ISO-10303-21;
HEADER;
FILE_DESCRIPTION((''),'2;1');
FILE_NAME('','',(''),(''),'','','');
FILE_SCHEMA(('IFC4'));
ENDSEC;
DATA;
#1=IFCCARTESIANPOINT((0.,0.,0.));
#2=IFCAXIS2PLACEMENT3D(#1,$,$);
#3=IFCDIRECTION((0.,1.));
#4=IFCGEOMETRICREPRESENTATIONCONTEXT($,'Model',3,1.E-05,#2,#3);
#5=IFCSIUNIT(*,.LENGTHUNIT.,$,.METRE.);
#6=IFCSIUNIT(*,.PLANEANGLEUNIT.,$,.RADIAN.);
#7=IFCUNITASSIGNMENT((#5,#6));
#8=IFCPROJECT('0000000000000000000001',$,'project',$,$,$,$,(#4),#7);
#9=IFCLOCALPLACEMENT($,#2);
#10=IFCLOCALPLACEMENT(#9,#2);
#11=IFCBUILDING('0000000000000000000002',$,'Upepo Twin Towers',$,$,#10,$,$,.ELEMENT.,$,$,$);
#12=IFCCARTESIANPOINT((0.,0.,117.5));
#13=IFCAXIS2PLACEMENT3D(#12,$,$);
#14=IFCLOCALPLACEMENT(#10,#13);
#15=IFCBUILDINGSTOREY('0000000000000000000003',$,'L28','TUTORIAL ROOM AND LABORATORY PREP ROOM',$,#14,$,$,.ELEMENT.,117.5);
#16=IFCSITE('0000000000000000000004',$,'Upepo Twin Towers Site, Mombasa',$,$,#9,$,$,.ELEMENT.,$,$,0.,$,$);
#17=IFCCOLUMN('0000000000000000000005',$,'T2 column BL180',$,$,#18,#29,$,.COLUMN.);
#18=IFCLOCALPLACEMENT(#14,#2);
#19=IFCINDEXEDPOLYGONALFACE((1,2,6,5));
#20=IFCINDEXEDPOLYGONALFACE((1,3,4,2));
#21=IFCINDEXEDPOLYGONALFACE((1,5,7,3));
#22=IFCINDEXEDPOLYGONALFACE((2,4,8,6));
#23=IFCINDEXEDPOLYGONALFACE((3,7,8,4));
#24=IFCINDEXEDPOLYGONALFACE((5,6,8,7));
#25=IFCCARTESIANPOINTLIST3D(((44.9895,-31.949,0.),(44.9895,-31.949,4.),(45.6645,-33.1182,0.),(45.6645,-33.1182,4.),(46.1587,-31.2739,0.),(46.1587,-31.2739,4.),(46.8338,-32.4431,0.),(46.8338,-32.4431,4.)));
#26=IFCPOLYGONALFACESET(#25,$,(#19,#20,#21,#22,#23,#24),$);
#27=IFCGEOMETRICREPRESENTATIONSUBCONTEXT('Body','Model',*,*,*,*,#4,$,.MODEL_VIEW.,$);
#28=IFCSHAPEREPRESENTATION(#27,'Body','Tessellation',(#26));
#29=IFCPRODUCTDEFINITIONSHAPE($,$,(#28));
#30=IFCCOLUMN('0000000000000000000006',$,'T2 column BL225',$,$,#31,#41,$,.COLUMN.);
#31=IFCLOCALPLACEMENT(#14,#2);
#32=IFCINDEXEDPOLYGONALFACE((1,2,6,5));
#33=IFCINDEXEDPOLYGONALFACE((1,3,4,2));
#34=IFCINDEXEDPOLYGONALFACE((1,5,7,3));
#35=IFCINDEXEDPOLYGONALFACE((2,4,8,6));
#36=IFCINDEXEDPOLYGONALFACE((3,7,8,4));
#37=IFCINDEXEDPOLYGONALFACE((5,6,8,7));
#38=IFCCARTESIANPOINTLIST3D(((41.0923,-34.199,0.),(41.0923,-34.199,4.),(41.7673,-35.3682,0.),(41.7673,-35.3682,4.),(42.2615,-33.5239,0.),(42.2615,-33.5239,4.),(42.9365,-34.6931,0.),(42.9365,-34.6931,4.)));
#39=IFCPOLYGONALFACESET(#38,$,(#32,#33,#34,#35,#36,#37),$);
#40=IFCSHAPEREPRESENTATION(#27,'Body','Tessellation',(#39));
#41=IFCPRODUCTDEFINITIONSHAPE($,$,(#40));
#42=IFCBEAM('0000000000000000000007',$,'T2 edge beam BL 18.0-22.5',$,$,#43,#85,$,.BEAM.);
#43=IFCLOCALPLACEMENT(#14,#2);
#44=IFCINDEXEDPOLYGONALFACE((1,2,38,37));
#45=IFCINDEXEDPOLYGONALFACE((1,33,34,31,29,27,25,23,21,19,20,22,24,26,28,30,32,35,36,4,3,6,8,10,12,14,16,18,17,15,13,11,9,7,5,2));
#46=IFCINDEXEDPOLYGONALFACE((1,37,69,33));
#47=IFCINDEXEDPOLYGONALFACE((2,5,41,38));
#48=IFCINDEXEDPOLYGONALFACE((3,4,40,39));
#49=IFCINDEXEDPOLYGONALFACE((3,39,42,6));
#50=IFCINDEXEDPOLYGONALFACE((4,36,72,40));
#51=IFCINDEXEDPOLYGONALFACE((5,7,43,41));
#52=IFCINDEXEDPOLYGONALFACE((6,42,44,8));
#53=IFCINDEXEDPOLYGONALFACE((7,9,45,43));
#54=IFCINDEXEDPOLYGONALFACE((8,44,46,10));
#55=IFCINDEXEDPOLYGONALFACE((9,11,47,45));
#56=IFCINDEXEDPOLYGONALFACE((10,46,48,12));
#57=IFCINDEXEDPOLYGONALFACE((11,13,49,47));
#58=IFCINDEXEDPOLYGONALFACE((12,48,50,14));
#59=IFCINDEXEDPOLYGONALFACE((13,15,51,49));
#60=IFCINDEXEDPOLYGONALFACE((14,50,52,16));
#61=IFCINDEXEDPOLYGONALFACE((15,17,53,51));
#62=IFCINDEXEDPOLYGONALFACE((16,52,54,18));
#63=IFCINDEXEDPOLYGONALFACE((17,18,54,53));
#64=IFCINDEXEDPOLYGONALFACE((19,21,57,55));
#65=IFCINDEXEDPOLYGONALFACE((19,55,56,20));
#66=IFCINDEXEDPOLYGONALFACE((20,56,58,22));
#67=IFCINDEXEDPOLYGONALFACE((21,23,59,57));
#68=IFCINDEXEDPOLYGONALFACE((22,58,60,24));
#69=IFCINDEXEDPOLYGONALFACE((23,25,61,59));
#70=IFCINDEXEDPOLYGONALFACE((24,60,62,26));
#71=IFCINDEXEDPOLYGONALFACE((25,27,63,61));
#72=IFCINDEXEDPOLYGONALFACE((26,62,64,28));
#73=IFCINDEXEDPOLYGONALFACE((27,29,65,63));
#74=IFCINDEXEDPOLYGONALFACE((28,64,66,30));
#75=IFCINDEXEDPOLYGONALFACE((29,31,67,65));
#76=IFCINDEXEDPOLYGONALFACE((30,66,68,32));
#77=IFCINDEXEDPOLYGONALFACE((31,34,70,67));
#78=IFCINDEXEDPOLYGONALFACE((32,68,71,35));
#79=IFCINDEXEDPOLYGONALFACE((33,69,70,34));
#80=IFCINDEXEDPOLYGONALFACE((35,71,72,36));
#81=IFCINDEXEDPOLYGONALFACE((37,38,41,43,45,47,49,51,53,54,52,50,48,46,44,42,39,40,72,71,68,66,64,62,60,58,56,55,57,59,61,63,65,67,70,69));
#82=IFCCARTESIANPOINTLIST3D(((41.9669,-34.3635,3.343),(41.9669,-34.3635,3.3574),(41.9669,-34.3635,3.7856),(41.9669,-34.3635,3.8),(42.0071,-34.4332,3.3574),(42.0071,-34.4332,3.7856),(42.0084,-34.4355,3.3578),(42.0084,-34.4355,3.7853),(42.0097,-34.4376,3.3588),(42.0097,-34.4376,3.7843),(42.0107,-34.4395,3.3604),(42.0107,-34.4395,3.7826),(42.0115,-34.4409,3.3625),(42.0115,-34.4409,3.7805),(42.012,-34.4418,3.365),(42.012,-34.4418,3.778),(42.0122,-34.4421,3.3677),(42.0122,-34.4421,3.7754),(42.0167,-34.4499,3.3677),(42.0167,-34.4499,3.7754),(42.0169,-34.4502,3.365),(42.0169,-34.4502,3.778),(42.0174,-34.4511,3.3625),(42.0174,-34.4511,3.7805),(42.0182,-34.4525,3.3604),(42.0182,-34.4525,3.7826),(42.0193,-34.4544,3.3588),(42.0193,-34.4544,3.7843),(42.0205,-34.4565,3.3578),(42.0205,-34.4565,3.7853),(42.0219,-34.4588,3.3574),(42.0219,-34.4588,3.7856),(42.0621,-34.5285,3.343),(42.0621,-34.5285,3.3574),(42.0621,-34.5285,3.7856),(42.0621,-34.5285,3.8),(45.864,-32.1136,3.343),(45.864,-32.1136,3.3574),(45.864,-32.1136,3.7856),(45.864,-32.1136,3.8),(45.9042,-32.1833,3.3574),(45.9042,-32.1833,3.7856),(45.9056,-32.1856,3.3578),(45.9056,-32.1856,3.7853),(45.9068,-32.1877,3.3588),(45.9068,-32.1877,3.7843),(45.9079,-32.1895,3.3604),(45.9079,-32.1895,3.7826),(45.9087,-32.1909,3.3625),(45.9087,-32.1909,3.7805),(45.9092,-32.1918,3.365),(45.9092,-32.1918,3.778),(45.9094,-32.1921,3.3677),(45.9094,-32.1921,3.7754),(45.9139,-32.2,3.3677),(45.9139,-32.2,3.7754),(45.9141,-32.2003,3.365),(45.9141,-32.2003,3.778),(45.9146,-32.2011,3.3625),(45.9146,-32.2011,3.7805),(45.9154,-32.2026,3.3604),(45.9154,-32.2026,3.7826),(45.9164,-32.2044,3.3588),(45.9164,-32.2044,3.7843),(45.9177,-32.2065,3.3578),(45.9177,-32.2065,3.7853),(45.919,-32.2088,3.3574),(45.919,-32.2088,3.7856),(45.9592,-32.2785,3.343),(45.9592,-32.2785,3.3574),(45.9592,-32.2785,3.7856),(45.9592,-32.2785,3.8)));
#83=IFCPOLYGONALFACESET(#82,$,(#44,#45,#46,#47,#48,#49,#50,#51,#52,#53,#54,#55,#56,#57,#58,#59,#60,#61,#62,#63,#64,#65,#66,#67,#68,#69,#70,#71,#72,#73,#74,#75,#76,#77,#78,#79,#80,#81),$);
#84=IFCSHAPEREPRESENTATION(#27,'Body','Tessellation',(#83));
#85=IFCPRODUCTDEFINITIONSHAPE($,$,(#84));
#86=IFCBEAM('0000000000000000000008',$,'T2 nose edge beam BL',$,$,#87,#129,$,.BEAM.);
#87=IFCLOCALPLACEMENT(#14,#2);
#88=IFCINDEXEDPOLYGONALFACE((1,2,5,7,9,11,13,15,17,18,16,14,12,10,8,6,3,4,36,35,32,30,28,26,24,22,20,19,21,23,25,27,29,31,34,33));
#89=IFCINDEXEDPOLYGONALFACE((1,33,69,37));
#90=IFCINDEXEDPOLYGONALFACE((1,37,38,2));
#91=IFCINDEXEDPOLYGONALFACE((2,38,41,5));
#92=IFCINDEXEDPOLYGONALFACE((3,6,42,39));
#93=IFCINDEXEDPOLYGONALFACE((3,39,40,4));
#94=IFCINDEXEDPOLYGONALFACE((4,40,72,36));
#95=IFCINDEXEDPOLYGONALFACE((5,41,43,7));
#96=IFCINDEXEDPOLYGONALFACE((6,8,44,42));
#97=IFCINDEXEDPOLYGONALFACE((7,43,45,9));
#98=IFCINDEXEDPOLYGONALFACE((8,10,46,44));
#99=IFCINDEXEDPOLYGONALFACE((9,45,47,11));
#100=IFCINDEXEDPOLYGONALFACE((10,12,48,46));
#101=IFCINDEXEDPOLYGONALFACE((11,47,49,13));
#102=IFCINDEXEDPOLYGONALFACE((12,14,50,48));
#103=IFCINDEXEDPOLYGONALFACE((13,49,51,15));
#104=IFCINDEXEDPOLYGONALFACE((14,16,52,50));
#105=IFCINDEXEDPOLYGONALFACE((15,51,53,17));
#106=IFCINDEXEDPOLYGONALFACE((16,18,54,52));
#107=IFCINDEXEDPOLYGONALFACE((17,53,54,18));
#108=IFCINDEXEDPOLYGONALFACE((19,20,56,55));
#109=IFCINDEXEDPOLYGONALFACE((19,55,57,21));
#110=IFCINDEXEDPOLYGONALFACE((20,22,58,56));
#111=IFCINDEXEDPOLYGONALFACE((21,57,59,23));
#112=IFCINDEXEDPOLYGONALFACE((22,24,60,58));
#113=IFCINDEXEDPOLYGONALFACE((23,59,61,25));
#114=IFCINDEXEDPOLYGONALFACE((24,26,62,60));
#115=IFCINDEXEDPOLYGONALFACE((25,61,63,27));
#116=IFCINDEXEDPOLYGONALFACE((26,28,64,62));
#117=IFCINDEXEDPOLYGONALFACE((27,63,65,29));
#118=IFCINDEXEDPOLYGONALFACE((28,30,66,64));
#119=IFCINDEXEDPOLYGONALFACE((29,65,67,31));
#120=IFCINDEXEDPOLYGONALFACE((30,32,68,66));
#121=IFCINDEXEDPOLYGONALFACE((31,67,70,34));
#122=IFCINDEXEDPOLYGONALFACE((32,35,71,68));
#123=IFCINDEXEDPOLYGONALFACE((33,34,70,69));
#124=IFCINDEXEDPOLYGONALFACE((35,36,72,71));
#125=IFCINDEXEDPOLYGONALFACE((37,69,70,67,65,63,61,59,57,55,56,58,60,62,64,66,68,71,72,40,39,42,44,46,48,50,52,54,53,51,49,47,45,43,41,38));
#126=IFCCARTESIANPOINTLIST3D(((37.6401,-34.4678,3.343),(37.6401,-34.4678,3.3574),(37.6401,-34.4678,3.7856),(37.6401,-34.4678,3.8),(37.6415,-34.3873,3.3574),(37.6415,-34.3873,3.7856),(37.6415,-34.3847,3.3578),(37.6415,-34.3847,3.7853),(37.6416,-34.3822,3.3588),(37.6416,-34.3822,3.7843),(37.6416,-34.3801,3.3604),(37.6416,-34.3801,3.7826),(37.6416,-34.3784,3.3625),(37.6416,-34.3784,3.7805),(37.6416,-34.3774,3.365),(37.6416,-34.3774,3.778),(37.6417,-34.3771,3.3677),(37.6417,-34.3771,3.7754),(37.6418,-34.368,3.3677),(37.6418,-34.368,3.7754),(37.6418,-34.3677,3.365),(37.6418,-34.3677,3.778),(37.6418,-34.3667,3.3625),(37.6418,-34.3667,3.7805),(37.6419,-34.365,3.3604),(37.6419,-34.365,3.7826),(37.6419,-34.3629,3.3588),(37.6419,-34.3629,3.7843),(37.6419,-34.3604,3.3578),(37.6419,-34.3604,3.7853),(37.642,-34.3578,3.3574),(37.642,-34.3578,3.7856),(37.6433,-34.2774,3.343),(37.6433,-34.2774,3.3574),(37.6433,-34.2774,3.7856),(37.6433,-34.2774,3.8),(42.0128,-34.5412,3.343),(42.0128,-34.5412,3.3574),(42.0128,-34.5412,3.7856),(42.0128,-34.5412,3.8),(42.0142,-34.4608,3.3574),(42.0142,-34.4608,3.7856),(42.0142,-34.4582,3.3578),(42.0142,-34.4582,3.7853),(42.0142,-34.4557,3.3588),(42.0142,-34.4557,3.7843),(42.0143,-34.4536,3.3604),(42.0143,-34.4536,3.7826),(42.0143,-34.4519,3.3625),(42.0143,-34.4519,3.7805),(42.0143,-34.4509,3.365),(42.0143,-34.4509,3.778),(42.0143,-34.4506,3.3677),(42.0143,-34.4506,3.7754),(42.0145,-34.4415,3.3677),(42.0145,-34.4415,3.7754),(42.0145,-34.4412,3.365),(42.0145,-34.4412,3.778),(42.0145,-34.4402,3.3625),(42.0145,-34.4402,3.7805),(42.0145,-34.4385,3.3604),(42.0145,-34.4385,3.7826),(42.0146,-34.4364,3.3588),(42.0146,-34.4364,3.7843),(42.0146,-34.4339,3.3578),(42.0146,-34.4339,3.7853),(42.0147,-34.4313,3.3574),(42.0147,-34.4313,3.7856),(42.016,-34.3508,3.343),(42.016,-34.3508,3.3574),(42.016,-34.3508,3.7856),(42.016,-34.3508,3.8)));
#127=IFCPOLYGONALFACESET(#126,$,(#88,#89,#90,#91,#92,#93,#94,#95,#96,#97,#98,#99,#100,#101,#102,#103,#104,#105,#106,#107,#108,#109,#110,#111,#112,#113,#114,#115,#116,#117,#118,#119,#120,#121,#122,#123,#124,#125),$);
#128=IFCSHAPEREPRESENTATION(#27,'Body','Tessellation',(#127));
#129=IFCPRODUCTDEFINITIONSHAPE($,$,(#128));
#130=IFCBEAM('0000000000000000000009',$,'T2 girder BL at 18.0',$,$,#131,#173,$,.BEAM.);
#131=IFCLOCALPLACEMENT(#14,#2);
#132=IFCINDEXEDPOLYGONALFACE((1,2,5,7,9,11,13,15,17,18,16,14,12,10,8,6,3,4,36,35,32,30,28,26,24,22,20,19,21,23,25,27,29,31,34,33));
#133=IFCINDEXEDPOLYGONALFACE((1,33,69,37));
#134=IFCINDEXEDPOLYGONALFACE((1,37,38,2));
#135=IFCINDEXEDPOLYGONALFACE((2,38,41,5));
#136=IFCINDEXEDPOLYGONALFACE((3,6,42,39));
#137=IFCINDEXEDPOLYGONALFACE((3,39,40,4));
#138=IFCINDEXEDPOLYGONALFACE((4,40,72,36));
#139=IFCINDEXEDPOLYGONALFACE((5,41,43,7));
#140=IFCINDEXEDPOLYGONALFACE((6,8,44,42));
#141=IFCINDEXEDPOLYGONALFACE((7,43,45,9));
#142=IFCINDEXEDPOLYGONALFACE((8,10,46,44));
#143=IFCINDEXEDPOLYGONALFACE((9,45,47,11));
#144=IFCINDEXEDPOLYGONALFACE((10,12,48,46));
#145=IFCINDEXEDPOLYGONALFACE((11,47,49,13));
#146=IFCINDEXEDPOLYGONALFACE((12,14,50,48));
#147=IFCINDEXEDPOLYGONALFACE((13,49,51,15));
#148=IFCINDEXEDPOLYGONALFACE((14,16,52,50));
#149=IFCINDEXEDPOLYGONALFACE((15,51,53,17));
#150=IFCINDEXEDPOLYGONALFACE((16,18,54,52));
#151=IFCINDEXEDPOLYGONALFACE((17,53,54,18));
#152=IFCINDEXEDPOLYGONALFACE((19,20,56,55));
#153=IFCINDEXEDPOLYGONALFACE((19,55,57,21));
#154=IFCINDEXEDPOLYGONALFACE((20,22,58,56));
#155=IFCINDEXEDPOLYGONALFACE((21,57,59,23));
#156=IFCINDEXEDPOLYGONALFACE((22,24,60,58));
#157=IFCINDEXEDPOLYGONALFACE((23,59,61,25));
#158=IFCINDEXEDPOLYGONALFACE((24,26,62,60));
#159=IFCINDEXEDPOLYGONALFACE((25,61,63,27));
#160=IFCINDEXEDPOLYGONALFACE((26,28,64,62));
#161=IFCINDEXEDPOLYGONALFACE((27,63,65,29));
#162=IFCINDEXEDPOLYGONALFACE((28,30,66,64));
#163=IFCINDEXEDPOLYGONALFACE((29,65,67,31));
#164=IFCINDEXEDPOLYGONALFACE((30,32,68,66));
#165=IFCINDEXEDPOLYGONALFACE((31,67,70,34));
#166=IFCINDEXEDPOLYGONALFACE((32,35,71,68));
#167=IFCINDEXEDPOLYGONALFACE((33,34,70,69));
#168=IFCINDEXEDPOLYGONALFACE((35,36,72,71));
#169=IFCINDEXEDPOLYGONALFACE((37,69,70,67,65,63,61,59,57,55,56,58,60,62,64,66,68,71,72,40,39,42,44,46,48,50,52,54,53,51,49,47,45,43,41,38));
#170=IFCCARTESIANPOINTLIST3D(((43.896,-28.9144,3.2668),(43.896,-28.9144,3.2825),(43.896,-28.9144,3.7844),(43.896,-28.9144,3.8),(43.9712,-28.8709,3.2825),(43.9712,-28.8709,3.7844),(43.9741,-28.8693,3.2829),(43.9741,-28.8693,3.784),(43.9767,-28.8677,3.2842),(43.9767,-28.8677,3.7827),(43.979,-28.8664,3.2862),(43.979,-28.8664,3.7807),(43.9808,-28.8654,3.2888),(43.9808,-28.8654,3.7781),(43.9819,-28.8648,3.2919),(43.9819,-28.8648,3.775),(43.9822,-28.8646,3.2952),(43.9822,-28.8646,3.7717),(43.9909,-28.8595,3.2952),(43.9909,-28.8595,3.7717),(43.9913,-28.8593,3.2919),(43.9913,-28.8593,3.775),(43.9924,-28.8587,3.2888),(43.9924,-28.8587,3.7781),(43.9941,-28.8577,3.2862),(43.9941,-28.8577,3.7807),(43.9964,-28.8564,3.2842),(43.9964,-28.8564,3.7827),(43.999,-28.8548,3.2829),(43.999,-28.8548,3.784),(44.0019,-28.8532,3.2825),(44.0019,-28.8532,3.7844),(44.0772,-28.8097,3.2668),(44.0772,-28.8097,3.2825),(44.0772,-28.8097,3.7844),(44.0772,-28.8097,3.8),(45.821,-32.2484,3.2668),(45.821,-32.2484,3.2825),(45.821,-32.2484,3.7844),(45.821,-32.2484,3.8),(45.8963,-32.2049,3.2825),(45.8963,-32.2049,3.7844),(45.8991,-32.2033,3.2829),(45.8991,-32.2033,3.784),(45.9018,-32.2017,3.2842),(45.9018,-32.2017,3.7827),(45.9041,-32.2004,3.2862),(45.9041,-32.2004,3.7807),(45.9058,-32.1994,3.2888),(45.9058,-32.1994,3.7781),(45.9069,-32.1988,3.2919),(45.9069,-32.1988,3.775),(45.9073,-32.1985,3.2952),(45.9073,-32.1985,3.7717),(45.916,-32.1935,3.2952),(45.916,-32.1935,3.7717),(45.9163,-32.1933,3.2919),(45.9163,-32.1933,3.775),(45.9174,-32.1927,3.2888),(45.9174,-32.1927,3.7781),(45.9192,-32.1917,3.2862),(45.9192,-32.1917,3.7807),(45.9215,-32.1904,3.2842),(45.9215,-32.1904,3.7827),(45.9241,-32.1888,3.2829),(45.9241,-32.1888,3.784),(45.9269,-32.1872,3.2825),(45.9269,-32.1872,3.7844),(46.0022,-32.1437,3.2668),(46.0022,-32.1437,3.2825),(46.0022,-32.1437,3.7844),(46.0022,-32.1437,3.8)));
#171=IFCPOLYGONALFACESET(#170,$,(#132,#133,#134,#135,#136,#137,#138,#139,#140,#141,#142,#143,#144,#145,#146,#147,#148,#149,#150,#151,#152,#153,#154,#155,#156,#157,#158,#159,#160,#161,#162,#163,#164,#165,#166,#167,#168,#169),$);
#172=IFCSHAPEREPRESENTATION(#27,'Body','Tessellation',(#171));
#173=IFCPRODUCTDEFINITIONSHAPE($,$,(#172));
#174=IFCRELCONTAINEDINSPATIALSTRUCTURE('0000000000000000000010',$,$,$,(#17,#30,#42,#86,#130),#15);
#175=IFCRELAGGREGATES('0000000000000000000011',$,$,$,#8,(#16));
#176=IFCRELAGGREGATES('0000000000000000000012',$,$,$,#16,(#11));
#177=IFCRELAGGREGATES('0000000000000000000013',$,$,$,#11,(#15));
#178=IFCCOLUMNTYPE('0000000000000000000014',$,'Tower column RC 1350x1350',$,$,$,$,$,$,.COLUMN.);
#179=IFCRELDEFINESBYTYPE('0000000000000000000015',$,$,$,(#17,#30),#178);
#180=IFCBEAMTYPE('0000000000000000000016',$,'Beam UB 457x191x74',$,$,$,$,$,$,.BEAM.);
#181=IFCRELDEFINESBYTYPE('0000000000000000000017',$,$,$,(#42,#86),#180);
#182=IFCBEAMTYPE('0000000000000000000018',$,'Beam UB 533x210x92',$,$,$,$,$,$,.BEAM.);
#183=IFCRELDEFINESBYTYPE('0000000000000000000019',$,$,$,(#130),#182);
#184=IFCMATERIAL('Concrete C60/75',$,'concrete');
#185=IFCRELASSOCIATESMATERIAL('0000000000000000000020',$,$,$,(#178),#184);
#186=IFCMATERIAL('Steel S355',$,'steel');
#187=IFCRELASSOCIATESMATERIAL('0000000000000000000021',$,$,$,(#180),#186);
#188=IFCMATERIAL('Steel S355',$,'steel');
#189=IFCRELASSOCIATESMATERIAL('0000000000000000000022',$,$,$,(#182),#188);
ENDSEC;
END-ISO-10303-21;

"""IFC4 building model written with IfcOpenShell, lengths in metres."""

from ifc_helpers import new_model, si_unit, direction, frame, origin, origin_2d, place, context, subcontext, project, spatial, rectangle, i_section, extrude, material, material_profile, profile_set, type_object, element, save


model = new_model("IFC4")

# Units and contexts
model_context = context("Model", 3, precision=1e-05, world=origin(), true_north=direction((0.0, 1.0)))
body_context = subcontext(model_context, "Body", "Model", "MODEL_VIEW")
ifc_project = project(units=[si_unit("LENGTHUNIT", "METRE"), si_unit("PLANEANGLEUNIT", "RADIAN")], contexts=[model_context])

# Site, building, storey
site_placement = place(None, origin())
site = spatial("IfcSite", under=ifc_project, at=site_placement, Name="Upepo Twin Towers Site, Mombasa", CompositionType="ELEMENT", RefElevation=0.0)
building_placement = place(site_placement, origin())
building = spatial("IfcBuilding", under=site, at=building_placement, Name="Upepo Twin Towers", CompositionType="ELEMENT")
storey_placement = place(building_placement, frame((0.0, 0.0, 117.5)))
storey = spatial("IfcBuildingStorey", under=building, at=storey_placement, Name="L28", Description="TUTORIAL ROOM AND LABORATORY PREP ROOM", CompositionType="ELEMENT", Elevation=117.5)

# Columns
ifc_material_1 = material(Name="Concrete C60/75", Category="concrete")
ifc_material_profile_1 = material_profile(ifc_material_1, rectangle(XDim=1.3501, YDim=1.3501, at=origin_2d()), Name="RC 1350x1350")
ifc_profile_set_1 = profile_set([ifc_material_profile_1], Name="Concrete C60/75")
column_type = type_object("IfcColumnType", Name="Tower column RC 1350x1350", PredefinedType="COLUMN", material=ifc_profile_set_1)
for number, where, z_axis, x_axis, name in (
    (1, (45.9116, -32.196, 0.0), (0.0, 0.0, 1.0), (0.866025, 0.5, 0.0), "T2 column BL180"),
    (2, (42.0144, -34.446, 0.0), (0.0, 0.0, 1.0), (0.866025, 0.5, 0.0), "T2 column BL225"),
):
    element("IfcColumn", number, at=place(storey_placement, frame(where, z_axis=z_axis, x_axis=x_axis)), inside=storey, type_object=column_type, Name=name, PredefinedType="COLUMN", context=body_context, shape_type="SweptSolid", body=[
        extrude(rectangle(XDim=1.3501, YDim=1.3501, at=origin_2d()), origin(), (0.0, 0.0, 1.0), 4.0),
    ])

# Beams
ifc_material_2 = material(Name="Steel S355", Category="steel")
ifc_material_profile_2 = material_profile(ifc_material_2, i_section(OverallWidth=0.1904, OverallDepth=0.457, WebThickness=0.009, FlangeThickness=0.0144, FilletRadius=0.0103, at=origin_2d()), Name="UB 457x191x74")
ifc_profile_set_2 = profile_set([ifc_material_profile_2], Name="Steel S355")
beam_type_1 = type_object("IfcBeamType", Name="Beam UB 457x191x74", PredefinedType="BEAM", material=ifc_profile_set_2)
beam_1_placement = place(storey_placement, frame((45.9116, -32.196, 3.5715), z_axis=(-0.866031, -0.49999, 0.0), x_axis=(0.49999, -0.866031, 0.0)))
element("IfcBeam", 3, at=beam_1_placement, inside=storey, type_object=beam_type_1, Name="T2 edge beam BL 18.0-22.5", PredefinedType="BEAM", context=body_context, shape_type="SweptSolid", body=[
    extrude(i_section(OverallWidth=0.1904, OverallDepth=0.457, WebThickness=0.009, FlangeThickness=0.0144, FilletRadius=0.0103, at=origin_2d()), origin(), (0.0, 0.0, 1.0), 4.5),
])
beam_2_placement = place(storey_placement, frame((42.0144, -34.446, 3.5715), z_axis=(-0.999859, 0.016804, 0.0), x_axis=(-0.016804, -0.999859, 0.0)))
element("IfcBeam", 4, at=beam_2_placement, inside=storey, type_object=beam_type_1, Name="T2 nose edge beam BL", PredefinedType="BEAM", context=body_context, shape_type="SweptSolid", body=[
    extrude(i_section(OverallWidth=0.1904, OverallDepth=0.457, WebThickness=0.009, FlangeThickness=0.0144, FilletRadius=0.0103, at=origin_2d()), origin(), (0.0, 0.0, 1.0), 4.3733),
])
ifc_material_3 = material(Name="Steel S355", Category="steel")
ifc_material_profile_3 = material_profile(ifc_material_3, i_section(OverallWidth=0.2092, OverallDepth=0.5332, WebThickness=0.01, FlangeThickness=0.0156, FilletRadius=0.0127, at=origin_2d()), Name="UB 533x210x92")
ifc_profile_set_3 = profile_set([ifc_material_profile_3], Name="Steel S355")
beam_type_2 = type_object("IfcBeamType", Name="Beam UB 533x210x92", PredefinedType="BEAM", material=ifc_profile_set_3)
for number, where, z_axis, x_axis, name in (
    (5, (45.9116, -32.196, 3.5334), (-0.500034, 0.866006, 0.0), (-0.866006, -0.500034, 0.0), "T2 girder BL at 18.0"),
):
    element("IfcBeam", number, at=place(storey_placement, frame(where, z_axis=z_axis, x_axis=x_axis)), inside=storey, type_object=beam_type_2, Name=name, PredefinedType="BEAM", context=body_context, shape_type="SweptSolid", body=[
        extrude(i_section(OverallWidth=0.2092, OverallDepth=0.5332, WebThickness=0.01, FlangeThickness=0.0156, FilletRadius=0.0127, at=origin_2d()), origin(), (0.0, 0.0, 1.0), 3.8499),
    ])

save(model, "model.ifc")
